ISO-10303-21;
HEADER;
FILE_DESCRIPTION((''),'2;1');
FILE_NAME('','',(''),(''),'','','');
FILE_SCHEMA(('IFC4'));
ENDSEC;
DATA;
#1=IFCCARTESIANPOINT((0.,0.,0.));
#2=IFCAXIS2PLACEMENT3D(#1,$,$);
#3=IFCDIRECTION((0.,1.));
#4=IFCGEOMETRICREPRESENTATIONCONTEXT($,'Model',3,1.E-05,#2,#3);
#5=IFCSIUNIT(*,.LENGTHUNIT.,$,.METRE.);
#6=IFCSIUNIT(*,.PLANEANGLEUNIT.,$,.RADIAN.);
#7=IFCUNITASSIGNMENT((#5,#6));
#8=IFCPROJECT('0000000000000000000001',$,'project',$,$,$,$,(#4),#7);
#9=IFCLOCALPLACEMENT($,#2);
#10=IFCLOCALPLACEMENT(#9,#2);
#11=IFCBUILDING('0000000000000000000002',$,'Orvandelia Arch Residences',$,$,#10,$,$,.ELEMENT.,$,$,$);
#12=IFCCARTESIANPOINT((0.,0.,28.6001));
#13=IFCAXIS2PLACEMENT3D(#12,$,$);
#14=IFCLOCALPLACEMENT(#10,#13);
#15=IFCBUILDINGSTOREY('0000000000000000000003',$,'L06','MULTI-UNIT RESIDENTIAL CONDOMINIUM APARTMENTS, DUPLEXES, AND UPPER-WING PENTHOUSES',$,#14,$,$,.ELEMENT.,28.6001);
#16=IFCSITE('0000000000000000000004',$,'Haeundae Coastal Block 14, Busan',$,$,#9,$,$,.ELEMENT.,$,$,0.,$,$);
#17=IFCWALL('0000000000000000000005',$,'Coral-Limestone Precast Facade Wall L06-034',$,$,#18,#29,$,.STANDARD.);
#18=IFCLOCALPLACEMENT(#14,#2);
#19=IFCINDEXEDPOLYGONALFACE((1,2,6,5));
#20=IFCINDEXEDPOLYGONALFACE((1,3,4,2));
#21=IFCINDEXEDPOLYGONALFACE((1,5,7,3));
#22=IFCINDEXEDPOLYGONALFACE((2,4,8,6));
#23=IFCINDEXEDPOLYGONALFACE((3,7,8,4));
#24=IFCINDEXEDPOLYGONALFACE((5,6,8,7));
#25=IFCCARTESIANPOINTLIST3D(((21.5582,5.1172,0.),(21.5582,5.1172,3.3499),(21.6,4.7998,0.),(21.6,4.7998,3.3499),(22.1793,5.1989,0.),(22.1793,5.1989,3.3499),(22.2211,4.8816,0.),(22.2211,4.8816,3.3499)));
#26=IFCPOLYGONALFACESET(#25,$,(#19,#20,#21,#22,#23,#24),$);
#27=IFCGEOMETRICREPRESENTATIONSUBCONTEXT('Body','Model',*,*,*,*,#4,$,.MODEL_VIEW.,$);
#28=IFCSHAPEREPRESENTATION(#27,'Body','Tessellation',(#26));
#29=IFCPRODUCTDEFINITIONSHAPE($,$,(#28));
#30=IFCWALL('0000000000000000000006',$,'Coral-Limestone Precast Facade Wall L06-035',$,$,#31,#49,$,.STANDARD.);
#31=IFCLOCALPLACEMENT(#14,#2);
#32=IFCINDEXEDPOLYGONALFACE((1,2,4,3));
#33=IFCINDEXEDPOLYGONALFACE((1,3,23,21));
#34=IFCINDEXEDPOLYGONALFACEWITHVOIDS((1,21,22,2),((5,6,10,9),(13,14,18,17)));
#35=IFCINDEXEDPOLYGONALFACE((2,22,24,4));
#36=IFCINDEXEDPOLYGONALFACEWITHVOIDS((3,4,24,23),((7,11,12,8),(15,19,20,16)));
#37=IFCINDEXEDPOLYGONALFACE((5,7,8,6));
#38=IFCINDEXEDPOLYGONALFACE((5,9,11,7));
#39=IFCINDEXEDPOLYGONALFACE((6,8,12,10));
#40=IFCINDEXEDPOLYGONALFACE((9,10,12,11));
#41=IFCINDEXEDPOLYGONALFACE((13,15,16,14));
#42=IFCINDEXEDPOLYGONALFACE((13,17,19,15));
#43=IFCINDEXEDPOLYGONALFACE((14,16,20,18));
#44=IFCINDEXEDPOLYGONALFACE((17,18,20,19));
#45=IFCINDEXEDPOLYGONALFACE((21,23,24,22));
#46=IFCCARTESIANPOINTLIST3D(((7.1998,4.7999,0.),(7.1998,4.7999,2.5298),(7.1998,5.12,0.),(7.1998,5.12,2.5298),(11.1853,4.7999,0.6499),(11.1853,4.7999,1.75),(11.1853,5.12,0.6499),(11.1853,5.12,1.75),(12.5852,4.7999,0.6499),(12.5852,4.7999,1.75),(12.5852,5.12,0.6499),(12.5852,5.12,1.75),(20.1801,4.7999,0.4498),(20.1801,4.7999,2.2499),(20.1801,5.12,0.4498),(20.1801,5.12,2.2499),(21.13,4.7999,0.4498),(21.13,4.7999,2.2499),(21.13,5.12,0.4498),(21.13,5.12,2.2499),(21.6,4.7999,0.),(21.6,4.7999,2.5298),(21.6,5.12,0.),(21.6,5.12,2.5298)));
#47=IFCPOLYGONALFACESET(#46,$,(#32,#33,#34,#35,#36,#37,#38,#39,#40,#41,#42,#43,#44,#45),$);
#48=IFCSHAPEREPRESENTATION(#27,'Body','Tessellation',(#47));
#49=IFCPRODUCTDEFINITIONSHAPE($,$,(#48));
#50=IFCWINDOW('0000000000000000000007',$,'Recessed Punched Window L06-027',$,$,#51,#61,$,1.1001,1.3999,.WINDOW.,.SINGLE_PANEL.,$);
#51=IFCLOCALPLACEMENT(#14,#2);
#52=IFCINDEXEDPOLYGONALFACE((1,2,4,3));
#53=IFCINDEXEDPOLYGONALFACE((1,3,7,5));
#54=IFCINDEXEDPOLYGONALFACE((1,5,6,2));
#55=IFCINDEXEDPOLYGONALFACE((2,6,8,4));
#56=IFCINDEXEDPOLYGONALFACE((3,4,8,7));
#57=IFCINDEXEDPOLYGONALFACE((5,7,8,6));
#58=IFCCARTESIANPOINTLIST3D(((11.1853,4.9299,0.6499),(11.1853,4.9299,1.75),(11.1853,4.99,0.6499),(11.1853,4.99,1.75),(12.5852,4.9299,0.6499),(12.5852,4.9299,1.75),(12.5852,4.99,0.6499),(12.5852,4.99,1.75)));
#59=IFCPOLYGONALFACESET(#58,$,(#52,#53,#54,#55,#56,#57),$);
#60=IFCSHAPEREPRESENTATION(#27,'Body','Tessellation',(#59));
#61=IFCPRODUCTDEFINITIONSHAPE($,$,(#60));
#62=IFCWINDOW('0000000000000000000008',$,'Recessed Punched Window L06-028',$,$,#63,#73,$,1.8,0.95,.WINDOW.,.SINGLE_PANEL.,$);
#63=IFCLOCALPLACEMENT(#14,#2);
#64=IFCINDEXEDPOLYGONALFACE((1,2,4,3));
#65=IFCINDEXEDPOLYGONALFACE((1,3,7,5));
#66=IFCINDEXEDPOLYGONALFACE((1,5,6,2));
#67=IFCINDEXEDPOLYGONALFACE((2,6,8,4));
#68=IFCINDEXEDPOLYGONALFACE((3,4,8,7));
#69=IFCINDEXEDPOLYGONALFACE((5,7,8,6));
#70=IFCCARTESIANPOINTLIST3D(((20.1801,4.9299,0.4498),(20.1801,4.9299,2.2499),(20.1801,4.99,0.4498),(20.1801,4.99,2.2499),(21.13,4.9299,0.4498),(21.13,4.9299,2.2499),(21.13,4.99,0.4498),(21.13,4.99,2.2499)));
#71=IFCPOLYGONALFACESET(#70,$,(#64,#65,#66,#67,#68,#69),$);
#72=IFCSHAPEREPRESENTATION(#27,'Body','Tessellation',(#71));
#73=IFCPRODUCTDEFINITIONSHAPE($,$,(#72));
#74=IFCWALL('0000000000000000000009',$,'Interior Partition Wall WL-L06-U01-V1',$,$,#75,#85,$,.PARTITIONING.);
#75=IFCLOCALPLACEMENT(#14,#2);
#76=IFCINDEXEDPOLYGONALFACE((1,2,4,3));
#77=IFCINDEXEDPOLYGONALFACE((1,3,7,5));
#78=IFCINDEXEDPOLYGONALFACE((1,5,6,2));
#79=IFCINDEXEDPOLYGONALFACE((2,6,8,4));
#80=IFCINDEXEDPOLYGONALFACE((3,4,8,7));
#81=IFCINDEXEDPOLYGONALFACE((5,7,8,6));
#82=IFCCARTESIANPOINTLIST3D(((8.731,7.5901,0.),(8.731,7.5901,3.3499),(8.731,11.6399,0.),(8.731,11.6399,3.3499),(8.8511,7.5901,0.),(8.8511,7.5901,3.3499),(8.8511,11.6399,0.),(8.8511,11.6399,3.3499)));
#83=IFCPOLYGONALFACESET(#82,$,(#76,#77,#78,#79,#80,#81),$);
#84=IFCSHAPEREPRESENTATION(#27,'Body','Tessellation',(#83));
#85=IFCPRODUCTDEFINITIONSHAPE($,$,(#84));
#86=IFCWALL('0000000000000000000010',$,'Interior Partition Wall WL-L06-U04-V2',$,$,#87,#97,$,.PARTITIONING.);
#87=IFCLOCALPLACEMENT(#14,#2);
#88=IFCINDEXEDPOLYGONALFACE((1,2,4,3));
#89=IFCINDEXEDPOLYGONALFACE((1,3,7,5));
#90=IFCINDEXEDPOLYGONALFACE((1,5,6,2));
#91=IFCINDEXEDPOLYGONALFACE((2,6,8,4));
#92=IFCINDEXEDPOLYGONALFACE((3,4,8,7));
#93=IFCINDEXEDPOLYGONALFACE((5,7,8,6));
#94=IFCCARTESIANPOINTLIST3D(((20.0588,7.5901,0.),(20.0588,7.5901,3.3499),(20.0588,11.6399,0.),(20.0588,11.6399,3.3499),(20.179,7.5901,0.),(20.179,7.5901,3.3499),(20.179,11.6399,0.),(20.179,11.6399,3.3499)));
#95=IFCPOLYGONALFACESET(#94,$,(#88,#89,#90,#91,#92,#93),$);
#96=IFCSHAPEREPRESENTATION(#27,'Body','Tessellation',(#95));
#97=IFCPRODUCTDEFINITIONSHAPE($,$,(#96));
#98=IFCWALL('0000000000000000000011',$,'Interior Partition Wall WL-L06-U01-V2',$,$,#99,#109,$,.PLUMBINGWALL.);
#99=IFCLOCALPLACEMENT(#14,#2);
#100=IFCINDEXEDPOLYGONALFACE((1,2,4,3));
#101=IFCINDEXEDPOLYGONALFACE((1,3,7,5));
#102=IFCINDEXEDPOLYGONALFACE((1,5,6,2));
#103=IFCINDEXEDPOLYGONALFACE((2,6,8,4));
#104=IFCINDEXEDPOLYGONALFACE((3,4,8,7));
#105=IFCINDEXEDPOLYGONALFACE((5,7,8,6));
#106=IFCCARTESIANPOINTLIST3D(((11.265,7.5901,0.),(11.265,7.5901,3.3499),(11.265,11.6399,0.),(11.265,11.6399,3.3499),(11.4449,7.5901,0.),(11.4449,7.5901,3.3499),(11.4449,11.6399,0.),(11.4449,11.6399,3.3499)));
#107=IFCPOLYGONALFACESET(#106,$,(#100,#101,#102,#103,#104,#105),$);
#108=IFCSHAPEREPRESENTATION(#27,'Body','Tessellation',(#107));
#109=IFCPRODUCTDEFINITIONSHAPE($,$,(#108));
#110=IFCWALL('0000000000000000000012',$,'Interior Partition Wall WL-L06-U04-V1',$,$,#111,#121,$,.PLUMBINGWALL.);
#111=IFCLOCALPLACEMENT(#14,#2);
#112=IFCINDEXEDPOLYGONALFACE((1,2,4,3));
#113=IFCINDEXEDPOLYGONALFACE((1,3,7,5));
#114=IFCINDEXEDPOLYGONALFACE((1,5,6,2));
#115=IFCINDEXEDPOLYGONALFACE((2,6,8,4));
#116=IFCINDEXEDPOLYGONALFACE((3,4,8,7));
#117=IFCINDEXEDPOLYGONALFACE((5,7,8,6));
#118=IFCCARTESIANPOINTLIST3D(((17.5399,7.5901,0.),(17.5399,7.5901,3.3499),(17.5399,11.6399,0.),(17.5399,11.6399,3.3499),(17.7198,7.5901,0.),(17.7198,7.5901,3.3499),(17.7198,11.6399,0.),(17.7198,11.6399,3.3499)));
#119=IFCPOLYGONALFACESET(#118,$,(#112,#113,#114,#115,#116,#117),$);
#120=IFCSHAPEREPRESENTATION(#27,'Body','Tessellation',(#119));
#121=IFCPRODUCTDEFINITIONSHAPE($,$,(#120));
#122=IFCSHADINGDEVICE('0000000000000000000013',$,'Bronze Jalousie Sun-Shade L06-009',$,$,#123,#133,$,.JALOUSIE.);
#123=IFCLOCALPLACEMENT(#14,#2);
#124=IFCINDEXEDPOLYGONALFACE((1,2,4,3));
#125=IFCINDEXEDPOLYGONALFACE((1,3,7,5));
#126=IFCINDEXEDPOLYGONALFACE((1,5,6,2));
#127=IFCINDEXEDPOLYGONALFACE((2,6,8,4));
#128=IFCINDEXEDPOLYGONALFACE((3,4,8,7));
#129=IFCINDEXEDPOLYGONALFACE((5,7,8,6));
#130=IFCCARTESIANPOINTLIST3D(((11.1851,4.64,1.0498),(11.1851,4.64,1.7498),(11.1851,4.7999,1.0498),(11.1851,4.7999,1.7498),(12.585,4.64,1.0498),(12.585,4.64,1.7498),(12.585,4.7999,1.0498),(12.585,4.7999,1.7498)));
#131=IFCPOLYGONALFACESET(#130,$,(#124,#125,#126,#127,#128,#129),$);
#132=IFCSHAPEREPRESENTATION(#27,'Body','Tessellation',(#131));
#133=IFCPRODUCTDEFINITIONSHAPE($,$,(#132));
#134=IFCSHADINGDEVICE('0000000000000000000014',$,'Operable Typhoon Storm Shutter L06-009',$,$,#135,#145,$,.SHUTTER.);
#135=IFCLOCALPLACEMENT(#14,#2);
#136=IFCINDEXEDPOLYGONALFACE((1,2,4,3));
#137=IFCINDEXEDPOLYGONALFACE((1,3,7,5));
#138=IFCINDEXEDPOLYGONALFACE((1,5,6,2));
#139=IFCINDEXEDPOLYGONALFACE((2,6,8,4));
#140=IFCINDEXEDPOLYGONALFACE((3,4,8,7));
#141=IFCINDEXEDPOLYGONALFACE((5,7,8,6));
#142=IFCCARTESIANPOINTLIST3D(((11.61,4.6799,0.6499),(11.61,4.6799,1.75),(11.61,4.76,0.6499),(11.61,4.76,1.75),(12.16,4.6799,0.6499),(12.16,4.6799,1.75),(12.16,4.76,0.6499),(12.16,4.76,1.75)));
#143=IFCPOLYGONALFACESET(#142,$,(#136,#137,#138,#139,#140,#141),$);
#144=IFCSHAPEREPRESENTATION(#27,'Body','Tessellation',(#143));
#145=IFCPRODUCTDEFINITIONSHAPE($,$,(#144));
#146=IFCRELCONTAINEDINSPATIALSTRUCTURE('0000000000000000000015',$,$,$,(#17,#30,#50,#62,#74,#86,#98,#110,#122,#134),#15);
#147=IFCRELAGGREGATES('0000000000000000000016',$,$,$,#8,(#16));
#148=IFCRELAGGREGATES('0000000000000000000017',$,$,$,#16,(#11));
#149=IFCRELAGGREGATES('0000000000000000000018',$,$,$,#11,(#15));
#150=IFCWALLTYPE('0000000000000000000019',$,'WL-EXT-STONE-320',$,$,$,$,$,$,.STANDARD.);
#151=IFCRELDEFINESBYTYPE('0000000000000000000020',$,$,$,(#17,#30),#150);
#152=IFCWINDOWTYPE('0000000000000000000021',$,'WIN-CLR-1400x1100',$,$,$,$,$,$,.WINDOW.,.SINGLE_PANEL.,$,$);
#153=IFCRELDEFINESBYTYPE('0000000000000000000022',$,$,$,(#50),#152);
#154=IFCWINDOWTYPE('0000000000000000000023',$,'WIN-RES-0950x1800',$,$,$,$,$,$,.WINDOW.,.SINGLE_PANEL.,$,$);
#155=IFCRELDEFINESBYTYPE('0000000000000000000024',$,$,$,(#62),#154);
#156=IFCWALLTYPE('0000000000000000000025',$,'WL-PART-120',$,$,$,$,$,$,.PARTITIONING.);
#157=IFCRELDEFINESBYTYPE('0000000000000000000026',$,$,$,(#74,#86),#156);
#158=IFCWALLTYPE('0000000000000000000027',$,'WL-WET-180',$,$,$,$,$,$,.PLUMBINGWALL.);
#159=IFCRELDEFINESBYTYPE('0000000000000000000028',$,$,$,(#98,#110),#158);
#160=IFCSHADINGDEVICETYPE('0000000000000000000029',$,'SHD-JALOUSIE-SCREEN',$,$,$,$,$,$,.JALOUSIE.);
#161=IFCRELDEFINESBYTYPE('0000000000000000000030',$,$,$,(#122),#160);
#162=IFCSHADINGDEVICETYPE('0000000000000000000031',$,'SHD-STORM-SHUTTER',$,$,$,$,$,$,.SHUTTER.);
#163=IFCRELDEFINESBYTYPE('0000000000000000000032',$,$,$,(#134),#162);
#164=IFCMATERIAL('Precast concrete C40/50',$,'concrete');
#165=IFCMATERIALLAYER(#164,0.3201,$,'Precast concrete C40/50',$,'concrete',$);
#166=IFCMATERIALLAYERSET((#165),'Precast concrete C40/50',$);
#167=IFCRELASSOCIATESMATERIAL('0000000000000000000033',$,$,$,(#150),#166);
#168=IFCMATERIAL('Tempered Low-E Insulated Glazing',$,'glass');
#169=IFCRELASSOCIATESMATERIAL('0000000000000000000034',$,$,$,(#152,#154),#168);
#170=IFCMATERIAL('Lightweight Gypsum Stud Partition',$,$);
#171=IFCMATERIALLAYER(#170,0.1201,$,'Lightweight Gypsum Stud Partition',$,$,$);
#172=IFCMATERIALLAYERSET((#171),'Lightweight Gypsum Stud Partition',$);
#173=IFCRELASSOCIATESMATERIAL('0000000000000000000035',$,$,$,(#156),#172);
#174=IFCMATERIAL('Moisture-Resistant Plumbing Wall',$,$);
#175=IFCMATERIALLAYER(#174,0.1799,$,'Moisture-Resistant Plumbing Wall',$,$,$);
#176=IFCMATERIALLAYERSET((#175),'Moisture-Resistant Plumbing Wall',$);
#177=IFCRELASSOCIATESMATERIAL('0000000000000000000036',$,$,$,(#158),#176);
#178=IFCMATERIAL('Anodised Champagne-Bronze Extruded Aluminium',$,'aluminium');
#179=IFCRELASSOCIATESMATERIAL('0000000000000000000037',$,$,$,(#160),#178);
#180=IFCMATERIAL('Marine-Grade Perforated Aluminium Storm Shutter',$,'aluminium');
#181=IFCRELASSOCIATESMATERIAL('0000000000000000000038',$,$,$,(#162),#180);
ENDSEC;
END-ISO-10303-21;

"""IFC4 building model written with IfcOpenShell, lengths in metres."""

from ifc_helpers import new_model, si_unit, direction, frame, frame_2d, origin, origin_2d, place, context, subcontext, project, spatial, rectangle, extrude, material, layer, layer_set, type_object, element, fill, save


model = new_model("IFC4")

# Units and contexts
model_context = context("Model", 3, precision=1e-05, world=origin(), true_north=direction((0.0, 1.0)))
body_context = subcontext(model_context, "Body", "Model", "MODEL_VIEW")
ifc_project = project(units=[si_unit("LENGTHUNIT", "METRE"), si_unit("PLANEANGLEUNIT", "RADIAN")], contexts=[model_context])

# Site, building, storey
site_placement = place(None, origin())
site = spatial("IfcSite", under=ifc_project, at=site_placement, Name="Haeundae Coastal Block 14, Busan", CompositionType="ELEMENT", RefElevation=0.0)
building_placement = place(site_placement, origin())
building = spatial("IfcBuilding", under=site, at=building_placement, Name="Orvandelia Arch Residences", CompositionType="ELEMENT")
storey_placement = place(building_placement, frame((0.0, 0.0, 28.6001)))
storey = spatial("IfcBuildingStorey", under=building, at=storey_placement, Name="L06", Description="MULTI-UNIT RESIDENTIAL CONDOMINIUM APARTMENTS, DUPLEXES, AND UPPER-WING PENTHOUSES", CompositionType="ELEMENT", Elevation=28.6001)

# Wall
ifc_material_1 = material(Name="Precast concrete C40/50", Category="concrete")
ifc_layer_1 = layer(ifc_material_1, 0.3201, Name="Precast concrete C40/50", Category="concrete")
ifc_layer_set_1 = layer_set([ifc_layer_1], Name="Precast concrete C40/50")
wall_type_1 = type_object("IfcWallType", Name="WL-EXT-STONE-320", PredefinedType="STANDARD", material=ifc_layer_set_1)
for number, where, z_axis, x_axis, name in (
    (1, (22.2002, 5.0403, 0.0), (0.0, 0.0, 1.0), (-0.991441, -0.130555, 0.0), "Coral-Limestone Precast Facade Wall L06-034"),
):
    element("IfcWall", number, at=place(storey_placement, frame(where, z_axis=z_axis, x_axis=x_axis)), inside=storey, type_object=wall_type_1, Name=name, PredefinedType="STANDARD", context=body_context, shape_type="SweptSolid", body=[
        extrude(rectangle(XDim=0.6265, YDim=0.3201, at=frame_2d((0.3132, 0.0))), origin(), (0.0, 0.0, 1.0), 3.3499),
    ])

# Wall, openings, windows
wall_1_placement = place(storey_placement, frame((21.6001, 4.96, 0.0), z_axis=(0.0, 0.0, 1.0), x_axis=(-1.0, 0.0, 0.0)))
wall_1 = element("IfcWall", 2, at=wall_1_placement, inside=storey, type_object=wall_type_1, Name="Coral-Limestone Precast Facade Wall L06-035", PredefinedType="STANDARD", context=body_context, shape_type="SweptSolid", body=[
    extrude(rectangle(XDim=14.4001, YDim=0.3201, at=frame_2d((7.2002, 0.0))), origin(), (0.0, 0.0, 1.0), 2.5298),
])
opening_1_placement = place(wall_1_placement, frame((9.0149, 0.0, 0.6499)))
opening_1 = element("IfcOpeningElement", 3, at=opening_1_placement, cuts=wall_1, PredefinedType="OPENING", context=body_context, shape_type="SweptSolid", body=[
    extrude(rectangle(XDim=1.3999, YDim=1.1001, at=frame_2d((0.7, 0.55))), frame((0.0, 0.1699, 0.0), z_axis=(0.0, -1.0, 0.0), x_axis=(1.0, 0.0, 0.0)), (0.0, 0.0, 1.0), 0.3401),
])
opening_2_placement = place(wall_1_placement, frame((0.47, 0.0, 0.45)))
opening_2 = element("IfcOpeningElement", 4, at=opening_2_placement, cuts=wall_1, PredefinedType="OPENING", context=body_context, shape_type="SweptSolid", body=[
    extrude(rectangle(XDim=0.95, YDim=1.8, at=frame_2d((0.4751, 0.8999))), frame((0.0, 0.1699, 0.0), z_axis=(0.0, -1.0, 0.0), x_axis=(1.0, 0.0, 0.0)), (0.0, 0.0, 1.0), 0.3401),
])
ifc_material_2 = material(Name="Tempered Low-E Insulated Glazing", Category="glass")
window_type_1 = type_object("IfcWindowType", Name="WIN-CLR-1400x1100", PartitioningType="SINGLE_PANEL", PredefinedType="WINDOW", material=ifc_material_2)
window_1_placement = place(opening_1_placement, origin())
window_1 = element("IfcWindow", 5, at=window_1_placement, inside=storey, type_object=window_type_1, Name="Recessed Punched Window L06-027", OverallHeight=1.1001, OverallWidth=1.3999, PartitioningType="SINGLE_PANEL", PredefinedType="WINDOW", context=body_context, shape_type="SweptSolid", body=[
    extrude(rectangle(XDim=1.3999, YDim=1.1001, at=frame_2d((0.7, 0.55))), frame((0.0, 0.03, 0.0), z_axis=(0.0, -1.0, 0.0), x_axis=(1.0, 0.0, 0.0)), (0.0, 0.0, 1.0), 0.0601),
])
fill(opening_1, window_1)
window_type_2 = type_object("IfcWindowType", Name="WIN-RES-0950x1800", PartitioningType="SINGLE_PANEL", PredefinedType="WINDOW", material=ifc_material_2)
window_2_placement = place(opening_2_placement, origin())
window_2 = element("IfcWindow", 6, at=window_2_placement, inside=storey, type_object=window_type_2, Name="Recessed Punched Window L06-028", OverallHeight=1.8, OverallWidth=0.95, PartitioningType="SINGLE_PANEL", PredefinedType="WINDOW", context=body_context, shape_type="SweptSolid", body=[
    extrude(rectangle(XDim=0.95, YDim=1.8, at=frame_2d((0.4751, 0.8999))), frame((0.0, 0.03, 0.0), z_axis=(0.0, -1.0, 0.0), x_axis=(1.0, 0.0, 0.0)), (0.0, 0.0, 1.0), 0.0601),
])
fill(opening_2, window_2)

# Walls
ifc_material_3 = material(Name="Lightweight Gypsum Stud Partition")
ifc_layer_2 = layer(ifc_material_3, 0.1201, Name="Lightweight Gypsum Stud Partition")
ifc_layer_set_2 = layer_set([ifc_layer_2], Name="Lightweight Gypsum Stud Partition")
wall_type_2 = type_object("IfcWallType", Name="WL-PART-120", PredefinedType="PARTITIONING", material=ifc_layer_set_2)
for number, where, z_axis, x_axis, name in (
    (7, (8.791, 7.5901, 0.0), (0.0, 0.0, 1.0), (0.0, 1.0, 0.0), "Interior Partition Wall WL-L06-U01-V1"),
    (8, (20.1189, 7.5901, 0.0), (0.0, 0.0, 1.0), (0.0, 1.0, 0.0), "Interior Partition Wall WL-L06-U04-V2"),
):
    element("IfcWall", number, at=place(storey_placement, frame(where, z_axis=z_axis, x_axis=x_axis)), inside=storey, type_object=wall_type_2, Name=name, PredefinedType="PARTITIONING", context=body_context, shape_type="SweptSolid", body=[
        extrude(rectangle(XDim=4.0498, YDim=0.1201, at=frame_2d((2.0249, 0.0))), origin(), (0.0, 0.0, 1.0), 3.3499),
    ])
ifc_material_4 = material(Name="Moisture-Resistant Plumbing Wall")
ifc_layer_3 = layer(ifc_material_4, 0.1799, Name="Moisture-Resistant Plumbing Wall")
ifc_layer_set_3 = layer_set([ifc_layer_3], Name="Moisture-Resistant Plumbing Wall")
wall_type_3 = type_object("IfcWallType", Name="WL-WET-180", PredefinedType="PLUMBINGWALL", material=ifc_layer_set_3)
wall_2_placement = place(storey_placement, frame((11.355, 7.5901, 0.0), z_axis=(0.0, 0.0, 1.0), x_axis=(0.0, 1.0, 0.0)))
element("IfcWall", 9, at=wall_2_placement, inside=storey, type_object=wall_type_3, Name="Interior Partition Wall WL-L06-U01-V2", PredefinedType="PLUMBINGWALL", context=body_context, shape_type="SweptSolid", body=[
    extrude(rectangle(XDim=4.0498, YDim=0.1799, at=frame_2d((2.0249, 0.0))), origin(), (0.0, 0.0, 1.0), 3.3499),
])

# Wall
wall_3_placement = place(storey_placement, frame((17.6299, 7.5901, 0.0), z_axis=(0.0, 0.0, 1.0), x_axis=(0.0, 1.0, 0.0)))
element("IfcWall", 10, at=wall_3_placement, inside=storey, type_object=wall_type_3, Name="Interior Partition Wall WL-L06-U04-V1", PredefinedType="PLUMBINGWALL", context=body_context, shape_type="SweptSolid", body=[
    extrude(rectangle(XDim=4.0498, YDim=0.1799, at=frame_2d((2.0249, 0.0))), origin(), (0.0, 0.0, 1.0), 3.3499),
])

# Shading devices
ifc_material_5 = material(Name="Anodised Champagne-Bronze Extruded Aluminium", Category="aluminium")
shading_device_type_1 = type_object("IfcShadingDeviceType", Name="SHD-JALOUSIE-SCREEN", PredefinedType="JALOUSIE", material=ifc_material_5)
shading_device_1_placement = place(storey_placement, frame((11.885, 4.72, 1.0498), z_axis=(0.0, 0.0, 1.0), x_axis=(-1.0, 0.0, 0.0)))
element("IfcShadingDevice", 11, at=shading_device_1_placement, inside=storey, type_object=shading_device_type_1, Name="Bronze Jalousie Sun-Shade L06-009", PredefinedType="JALOUSIE", context=body_context, shape_type="SweptSolid", body=[
    extrude(rectangle(XDim=1.3999, YDim=0.1599, at=origin_2d()), origin(), (0.0, 0.0, 1.0), 0.7),
])
ifc_material_6 = material(Name="Marine-Grade Perforated Aluminium Storm Shutter", Category="aluminium")
shading_device_type_2 = type_object("IfcShadingDeviceType", Name="SHD-STORM-SHUTTER", PredefinedType="SHUTTER", material=ifc_material_6)
shading_device_2_placement = place(storey_placement, frame((11.885, 4.72, 0.6499), z_axis=(0.0, 0.0, 1.0), x_axis=(-1.0, 0.0, 0.0)))
element("IfcShadingDevice", 12, at=shading_device_2_placement, inside=storey, type_object=shading_device_type_2, Name="Operable Typhoon Storm Shutter L06-009", PredefinedType="SHUTTER", context=body_context, shape_type="SweptSolid", body=[
    extrude(rectangle(XDim=0.55, YDim=0.0801, at=origin_2d()), origin(), (0.0, 0.0, 1.0), 1.1001),
])

save(model, "model.ifc")
